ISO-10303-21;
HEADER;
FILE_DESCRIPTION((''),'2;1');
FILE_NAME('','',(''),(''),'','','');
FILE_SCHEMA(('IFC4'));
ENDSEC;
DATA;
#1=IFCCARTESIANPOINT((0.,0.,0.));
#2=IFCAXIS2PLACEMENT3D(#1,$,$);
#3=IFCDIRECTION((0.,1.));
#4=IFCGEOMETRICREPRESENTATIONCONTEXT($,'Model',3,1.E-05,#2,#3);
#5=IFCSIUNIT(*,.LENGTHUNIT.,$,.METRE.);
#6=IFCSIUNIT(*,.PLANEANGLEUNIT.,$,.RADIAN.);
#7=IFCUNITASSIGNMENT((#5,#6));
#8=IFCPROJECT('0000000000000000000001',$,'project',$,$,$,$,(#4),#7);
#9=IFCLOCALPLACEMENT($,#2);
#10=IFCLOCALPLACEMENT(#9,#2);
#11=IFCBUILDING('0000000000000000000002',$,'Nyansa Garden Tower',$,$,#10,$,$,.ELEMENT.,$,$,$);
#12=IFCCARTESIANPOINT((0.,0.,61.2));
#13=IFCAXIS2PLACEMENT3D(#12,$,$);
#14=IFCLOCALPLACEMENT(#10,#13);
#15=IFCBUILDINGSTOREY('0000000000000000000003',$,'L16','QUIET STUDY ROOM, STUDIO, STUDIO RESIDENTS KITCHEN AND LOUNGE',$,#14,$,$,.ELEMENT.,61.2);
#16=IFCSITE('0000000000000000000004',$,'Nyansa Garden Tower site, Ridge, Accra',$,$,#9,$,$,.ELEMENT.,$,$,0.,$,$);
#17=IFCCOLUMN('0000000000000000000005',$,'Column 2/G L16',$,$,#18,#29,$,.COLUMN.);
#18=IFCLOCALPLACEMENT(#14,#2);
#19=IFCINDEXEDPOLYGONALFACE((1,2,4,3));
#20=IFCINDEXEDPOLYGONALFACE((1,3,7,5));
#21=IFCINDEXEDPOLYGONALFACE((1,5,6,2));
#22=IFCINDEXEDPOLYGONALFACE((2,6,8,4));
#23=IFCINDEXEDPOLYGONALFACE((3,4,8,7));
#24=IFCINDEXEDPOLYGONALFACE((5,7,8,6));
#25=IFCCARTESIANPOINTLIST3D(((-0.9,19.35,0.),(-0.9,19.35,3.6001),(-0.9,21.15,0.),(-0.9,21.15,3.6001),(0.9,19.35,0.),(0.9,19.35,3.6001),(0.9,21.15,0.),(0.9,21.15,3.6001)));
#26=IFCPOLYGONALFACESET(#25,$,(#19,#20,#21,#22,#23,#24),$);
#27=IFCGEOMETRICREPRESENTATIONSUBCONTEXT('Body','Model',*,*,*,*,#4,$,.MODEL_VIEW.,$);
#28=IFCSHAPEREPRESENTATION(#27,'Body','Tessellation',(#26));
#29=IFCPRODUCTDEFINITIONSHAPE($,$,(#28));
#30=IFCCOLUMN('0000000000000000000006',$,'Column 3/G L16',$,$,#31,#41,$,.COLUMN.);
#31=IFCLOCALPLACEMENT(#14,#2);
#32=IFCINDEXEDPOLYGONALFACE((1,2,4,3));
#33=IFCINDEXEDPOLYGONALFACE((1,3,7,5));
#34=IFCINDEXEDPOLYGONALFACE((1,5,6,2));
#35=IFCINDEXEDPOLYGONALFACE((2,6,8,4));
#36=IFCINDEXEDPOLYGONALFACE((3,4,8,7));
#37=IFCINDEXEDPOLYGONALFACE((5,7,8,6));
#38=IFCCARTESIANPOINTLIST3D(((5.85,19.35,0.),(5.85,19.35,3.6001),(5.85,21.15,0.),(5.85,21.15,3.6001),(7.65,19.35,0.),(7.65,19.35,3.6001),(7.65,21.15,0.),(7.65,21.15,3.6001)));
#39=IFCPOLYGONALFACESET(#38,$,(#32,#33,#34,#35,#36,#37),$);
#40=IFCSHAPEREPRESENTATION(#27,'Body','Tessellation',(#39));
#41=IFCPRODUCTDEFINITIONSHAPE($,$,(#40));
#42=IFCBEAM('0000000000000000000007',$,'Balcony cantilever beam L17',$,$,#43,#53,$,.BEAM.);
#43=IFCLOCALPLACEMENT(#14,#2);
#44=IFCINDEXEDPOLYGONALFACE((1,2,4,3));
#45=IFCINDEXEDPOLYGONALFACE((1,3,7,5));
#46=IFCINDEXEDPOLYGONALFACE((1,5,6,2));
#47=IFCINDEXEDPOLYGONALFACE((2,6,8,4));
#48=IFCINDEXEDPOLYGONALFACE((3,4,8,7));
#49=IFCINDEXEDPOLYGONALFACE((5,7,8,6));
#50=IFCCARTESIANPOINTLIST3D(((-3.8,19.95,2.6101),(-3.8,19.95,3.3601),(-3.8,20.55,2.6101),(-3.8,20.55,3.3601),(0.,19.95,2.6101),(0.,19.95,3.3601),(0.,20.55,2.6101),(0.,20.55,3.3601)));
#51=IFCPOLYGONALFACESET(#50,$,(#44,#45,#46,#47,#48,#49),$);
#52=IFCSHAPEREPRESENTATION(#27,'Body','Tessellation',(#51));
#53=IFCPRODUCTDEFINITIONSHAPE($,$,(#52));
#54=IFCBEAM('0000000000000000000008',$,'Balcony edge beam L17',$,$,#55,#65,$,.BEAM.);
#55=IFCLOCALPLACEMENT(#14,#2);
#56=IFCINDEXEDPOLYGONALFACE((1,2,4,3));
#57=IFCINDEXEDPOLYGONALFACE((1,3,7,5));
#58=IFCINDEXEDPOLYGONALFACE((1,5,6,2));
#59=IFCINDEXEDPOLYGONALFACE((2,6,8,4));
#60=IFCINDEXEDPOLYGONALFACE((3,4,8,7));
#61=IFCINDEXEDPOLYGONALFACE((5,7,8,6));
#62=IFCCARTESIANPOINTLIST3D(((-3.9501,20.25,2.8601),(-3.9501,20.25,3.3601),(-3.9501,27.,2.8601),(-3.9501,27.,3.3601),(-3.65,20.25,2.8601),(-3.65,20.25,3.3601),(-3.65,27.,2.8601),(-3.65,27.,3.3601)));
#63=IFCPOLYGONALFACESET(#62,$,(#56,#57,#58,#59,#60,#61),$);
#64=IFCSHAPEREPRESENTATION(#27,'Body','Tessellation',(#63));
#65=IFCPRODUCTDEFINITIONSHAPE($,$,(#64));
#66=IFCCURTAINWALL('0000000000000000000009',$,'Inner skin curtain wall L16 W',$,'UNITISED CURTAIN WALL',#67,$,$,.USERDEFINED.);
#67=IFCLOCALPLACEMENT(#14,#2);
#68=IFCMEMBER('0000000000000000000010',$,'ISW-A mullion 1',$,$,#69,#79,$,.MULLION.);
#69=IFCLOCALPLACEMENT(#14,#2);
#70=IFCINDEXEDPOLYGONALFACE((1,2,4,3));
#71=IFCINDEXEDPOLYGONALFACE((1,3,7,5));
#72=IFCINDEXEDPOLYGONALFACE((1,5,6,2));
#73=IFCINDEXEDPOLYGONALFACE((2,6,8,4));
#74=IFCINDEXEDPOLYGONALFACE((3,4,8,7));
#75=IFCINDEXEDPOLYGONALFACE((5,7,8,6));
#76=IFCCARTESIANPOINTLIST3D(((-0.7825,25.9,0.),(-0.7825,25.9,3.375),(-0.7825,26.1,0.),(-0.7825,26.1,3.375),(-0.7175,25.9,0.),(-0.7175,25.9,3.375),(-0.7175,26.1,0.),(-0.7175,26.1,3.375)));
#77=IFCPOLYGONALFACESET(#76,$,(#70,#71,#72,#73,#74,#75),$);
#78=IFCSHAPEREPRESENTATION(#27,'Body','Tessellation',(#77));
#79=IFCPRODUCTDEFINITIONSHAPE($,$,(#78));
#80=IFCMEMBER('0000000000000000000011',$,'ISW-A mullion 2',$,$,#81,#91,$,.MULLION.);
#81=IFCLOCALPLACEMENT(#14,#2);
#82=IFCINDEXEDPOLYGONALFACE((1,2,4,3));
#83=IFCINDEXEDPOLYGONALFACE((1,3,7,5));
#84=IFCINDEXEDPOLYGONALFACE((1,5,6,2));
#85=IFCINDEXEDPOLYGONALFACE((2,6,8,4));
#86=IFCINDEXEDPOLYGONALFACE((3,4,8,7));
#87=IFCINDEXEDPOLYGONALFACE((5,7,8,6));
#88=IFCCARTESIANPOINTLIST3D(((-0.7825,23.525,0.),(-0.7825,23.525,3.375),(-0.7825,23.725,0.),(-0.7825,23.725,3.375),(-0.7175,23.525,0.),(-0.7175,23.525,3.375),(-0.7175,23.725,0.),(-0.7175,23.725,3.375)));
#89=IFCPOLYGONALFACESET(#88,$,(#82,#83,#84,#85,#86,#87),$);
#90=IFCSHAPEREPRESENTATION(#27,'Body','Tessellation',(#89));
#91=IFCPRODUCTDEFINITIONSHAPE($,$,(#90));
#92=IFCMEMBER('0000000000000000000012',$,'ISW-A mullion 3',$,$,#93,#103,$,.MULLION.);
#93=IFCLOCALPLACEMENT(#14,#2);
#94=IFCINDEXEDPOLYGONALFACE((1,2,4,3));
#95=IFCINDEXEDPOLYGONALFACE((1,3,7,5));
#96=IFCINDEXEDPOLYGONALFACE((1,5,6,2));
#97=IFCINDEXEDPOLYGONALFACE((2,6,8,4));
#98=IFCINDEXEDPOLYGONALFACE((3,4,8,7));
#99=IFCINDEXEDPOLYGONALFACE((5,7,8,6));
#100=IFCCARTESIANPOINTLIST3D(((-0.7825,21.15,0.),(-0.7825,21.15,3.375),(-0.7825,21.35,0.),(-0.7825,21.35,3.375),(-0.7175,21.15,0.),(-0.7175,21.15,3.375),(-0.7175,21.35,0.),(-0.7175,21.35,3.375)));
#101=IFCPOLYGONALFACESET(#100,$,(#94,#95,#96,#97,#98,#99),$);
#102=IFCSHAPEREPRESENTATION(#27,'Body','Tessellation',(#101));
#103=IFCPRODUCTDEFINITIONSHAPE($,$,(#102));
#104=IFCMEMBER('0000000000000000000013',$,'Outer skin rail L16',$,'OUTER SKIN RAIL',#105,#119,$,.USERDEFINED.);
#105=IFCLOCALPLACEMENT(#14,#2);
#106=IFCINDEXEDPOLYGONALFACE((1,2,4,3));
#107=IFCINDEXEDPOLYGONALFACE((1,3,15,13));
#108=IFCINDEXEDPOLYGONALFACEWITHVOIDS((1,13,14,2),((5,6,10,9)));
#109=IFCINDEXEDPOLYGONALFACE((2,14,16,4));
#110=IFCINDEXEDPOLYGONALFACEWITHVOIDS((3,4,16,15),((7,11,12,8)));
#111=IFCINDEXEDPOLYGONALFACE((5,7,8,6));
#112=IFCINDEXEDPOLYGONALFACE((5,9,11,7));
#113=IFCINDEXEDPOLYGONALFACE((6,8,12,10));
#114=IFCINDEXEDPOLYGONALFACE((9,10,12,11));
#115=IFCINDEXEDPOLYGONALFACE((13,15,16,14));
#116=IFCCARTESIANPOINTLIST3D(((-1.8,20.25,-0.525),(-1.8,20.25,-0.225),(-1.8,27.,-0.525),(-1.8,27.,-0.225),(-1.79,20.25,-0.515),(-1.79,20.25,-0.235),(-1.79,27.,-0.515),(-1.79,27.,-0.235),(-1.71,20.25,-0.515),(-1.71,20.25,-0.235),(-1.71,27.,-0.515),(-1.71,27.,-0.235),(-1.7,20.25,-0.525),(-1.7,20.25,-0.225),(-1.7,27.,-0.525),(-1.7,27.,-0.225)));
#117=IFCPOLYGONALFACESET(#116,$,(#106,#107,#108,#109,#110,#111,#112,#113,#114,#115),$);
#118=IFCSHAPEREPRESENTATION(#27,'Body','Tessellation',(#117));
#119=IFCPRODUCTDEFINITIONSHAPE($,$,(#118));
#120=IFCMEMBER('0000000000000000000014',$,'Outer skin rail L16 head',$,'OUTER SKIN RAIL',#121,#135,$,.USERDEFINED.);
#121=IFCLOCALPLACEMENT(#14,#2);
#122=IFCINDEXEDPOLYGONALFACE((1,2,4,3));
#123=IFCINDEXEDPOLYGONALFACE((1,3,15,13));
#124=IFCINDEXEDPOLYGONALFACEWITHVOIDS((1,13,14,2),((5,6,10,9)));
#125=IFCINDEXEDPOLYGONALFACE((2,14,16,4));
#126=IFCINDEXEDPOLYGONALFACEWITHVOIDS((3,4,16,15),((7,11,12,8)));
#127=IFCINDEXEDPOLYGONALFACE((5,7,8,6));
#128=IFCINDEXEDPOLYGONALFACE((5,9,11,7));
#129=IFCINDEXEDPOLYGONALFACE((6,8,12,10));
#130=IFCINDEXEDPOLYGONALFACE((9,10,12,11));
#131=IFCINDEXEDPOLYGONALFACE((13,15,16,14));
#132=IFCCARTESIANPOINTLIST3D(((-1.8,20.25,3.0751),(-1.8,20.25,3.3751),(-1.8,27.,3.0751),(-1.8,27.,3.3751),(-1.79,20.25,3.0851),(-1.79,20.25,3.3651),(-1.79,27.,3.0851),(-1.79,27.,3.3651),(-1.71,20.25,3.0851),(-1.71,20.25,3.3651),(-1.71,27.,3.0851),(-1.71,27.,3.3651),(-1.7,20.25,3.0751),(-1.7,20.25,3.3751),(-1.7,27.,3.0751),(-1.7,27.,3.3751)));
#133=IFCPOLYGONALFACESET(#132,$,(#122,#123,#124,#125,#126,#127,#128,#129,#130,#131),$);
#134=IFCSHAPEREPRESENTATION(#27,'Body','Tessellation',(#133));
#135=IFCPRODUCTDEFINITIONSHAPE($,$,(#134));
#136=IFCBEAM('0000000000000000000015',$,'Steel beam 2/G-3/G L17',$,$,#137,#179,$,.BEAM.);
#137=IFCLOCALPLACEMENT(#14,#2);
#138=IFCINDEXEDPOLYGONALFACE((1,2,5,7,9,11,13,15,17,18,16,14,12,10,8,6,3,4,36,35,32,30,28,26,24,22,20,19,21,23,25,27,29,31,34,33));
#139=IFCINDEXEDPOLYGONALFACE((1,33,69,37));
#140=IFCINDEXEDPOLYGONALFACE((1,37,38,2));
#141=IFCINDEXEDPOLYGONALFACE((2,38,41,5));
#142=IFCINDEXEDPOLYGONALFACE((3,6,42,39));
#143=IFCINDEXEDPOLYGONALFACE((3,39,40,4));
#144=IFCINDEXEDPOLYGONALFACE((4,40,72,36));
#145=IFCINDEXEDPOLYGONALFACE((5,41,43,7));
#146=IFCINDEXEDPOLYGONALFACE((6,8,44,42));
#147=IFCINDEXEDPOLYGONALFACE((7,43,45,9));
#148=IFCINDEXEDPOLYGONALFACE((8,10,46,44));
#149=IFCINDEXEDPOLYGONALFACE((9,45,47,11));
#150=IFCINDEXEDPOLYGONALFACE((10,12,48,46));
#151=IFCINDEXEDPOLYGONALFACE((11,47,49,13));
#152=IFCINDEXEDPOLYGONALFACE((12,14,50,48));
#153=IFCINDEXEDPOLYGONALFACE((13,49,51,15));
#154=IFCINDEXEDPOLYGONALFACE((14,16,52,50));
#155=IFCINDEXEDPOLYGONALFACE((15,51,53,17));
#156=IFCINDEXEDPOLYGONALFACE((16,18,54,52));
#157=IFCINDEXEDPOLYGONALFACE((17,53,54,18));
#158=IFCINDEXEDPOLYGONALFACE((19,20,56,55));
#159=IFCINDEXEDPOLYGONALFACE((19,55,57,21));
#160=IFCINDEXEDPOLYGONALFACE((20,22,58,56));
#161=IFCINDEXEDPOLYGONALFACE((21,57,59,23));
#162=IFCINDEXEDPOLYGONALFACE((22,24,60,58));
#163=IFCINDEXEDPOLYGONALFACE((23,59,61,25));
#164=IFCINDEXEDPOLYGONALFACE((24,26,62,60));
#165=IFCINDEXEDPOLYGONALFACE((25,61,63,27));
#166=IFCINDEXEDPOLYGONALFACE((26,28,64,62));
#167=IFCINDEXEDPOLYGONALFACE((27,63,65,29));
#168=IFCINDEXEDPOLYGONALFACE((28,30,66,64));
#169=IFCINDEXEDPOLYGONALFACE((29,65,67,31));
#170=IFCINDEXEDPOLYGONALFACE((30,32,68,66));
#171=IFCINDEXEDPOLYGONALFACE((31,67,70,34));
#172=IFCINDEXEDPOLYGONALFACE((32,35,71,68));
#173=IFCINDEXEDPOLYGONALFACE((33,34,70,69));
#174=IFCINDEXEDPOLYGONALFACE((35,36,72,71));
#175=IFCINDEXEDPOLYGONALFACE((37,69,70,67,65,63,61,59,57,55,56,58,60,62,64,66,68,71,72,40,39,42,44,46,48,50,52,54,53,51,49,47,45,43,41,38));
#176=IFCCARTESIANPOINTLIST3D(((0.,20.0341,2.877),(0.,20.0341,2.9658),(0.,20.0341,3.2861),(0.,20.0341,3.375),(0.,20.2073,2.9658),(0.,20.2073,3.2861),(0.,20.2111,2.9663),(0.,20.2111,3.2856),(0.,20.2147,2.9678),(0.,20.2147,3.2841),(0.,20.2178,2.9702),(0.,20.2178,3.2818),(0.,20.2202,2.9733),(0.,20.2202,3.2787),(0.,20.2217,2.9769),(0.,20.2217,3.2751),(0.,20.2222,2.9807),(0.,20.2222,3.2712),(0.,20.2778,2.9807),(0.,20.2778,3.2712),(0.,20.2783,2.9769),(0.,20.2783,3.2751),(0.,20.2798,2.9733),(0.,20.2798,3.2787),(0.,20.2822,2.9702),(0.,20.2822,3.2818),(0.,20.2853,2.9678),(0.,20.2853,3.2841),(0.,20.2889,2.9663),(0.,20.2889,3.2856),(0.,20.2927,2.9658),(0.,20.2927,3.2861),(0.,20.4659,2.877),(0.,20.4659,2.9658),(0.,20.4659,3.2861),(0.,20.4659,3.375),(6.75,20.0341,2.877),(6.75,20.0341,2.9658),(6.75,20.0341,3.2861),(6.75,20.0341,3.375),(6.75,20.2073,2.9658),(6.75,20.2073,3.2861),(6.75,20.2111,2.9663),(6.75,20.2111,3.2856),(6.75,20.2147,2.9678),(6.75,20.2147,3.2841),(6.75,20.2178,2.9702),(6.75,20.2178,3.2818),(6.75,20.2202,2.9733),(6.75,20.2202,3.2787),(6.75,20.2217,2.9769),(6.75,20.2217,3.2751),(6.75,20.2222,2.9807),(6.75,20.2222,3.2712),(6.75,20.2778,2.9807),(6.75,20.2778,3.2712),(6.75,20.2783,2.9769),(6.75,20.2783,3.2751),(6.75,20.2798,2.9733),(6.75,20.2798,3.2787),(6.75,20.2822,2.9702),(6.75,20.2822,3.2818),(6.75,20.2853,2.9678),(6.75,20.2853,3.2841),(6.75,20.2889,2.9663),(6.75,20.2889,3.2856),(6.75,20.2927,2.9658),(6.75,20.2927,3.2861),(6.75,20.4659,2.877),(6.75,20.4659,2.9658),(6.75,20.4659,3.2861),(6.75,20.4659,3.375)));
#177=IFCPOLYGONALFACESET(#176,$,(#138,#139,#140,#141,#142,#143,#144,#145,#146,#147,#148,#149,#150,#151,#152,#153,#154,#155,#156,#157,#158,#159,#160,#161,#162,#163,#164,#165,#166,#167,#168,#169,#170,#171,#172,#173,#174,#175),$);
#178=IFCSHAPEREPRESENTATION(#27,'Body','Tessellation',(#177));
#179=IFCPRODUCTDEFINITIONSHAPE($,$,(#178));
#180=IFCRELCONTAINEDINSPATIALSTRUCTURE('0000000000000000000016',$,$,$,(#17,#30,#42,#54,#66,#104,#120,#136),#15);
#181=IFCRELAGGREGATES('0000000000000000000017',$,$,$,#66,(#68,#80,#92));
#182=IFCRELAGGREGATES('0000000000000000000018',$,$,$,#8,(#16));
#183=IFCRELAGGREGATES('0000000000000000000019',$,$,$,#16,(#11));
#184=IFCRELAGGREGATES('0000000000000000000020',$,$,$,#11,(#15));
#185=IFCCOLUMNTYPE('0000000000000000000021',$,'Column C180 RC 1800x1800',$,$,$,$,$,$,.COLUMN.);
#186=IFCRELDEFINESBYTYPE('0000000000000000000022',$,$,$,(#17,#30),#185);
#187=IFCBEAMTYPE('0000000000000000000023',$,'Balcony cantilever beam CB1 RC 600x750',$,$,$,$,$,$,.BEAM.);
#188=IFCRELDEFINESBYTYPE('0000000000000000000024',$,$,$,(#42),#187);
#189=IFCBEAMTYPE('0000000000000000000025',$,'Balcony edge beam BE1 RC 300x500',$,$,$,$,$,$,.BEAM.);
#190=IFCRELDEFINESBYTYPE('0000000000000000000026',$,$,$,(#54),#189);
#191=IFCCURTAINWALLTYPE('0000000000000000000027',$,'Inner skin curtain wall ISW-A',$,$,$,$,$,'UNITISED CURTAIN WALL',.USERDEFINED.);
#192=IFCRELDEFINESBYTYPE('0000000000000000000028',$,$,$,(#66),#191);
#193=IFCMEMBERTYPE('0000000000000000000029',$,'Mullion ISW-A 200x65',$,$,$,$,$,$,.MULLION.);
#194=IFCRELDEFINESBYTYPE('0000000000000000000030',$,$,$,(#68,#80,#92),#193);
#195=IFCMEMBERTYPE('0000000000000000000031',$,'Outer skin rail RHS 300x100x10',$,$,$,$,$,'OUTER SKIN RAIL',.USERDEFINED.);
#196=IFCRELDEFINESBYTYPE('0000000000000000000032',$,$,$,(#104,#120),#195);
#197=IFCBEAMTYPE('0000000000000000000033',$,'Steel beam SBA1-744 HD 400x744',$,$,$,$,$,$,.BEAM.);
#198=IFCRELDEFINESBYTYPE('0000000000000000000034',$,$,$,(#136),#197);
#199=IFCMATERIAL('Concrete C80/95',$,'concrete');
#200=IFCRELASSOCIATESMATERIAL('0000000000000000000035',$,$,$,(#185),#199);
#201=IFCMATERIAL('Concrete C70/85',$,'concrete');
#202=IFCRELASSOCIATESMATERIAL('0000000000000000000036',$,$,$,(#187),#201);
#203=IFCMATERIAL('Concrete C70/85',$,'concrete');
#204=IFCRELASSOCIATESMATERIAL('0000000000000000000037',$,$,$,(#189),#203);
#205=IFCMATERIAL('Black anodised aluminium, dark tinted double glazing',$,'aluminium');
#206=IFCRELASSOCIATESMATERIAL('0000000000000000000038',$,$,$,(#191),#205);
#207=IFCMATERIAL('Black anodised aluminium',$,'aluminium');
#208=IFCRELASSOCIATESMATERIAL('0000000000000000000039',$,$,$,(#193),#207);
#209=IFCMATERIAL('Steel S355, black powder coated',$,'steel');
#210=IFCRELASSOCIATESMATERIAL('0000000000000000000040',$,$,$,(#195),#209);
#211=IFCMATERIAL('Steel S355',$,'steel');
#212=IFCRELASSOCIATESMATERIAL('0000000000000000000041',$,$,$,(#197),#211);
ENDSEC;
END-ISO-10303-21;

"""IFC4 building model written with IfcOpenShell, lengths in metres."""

from ifc_helpers import new_model, si_unit, direction, frame, origin, origin_2d, place, context, subcontext, project, spatial, rectangle, hollow_rectangle, i_section, extrude, material, material_profile, profile_set, type_object, element, aggregate, save


model = new_model("IFC4")

# Units and contexts
model_context = context("Model", 3, precision=1e-05, world=origin(), true_north=direction((0.0, 1.0)))
body_context = subcontext(model_context, "Body", "Model", "MODEL_VIEW")
ifc_project = project(units=[si_unit("LENGTHUNIT", "METRE"), si_unit("PLANEANGLEUNIT", "RADIAN")], contexts=[model_context])

# Site, building, storey
site_placement = place(None, origin())
site = spatial("IfcSite", under=ifc_project, at=site_placement, Name="Nyansa Garden Tower site, Ridge, Accra", CompositionType="ELEMENT", RefElevation=0.0)
building_placement = place(site_placement, origin())
building = spatial("IfcBuilding", under=site, at=building_placement, Name="Nyansa Garden Tower", CompositionType="ELEMENT")
storey_placement = place(building_placement, frame((0.0, 0.0, 61.2)))
storey = spatial("IfcBuildingStorey", under=building, at=storey_placement, Name="L16", Description="QUIET STUDY ROOM, STUDIO, STUDIO RESIDENTS KITCHEN AND LOUNGE", CompositionType="ELEMENT", Elevation=61.2)

# Columns
ifc_material_1 = material(Name="Concrete C80/95", Category="concrete")
ifc_material_profile_1 = material_profile(ifc_material_1, rectangle(XDim=1.8, YDim=1.8, at=origin_2d()), Name="RC 1800x1800")
ifc_profile_set_1 = profile_set([ifc_material_profile_1], Name="Concrete C80/95")
column_type = type_object("IfcColumnType", Name="Column C180 RC 1800x1800", PredefinedType="COLUMN", material=ifc_profile_set_1)
for number, where, z_axis, x_axis, name in (
    (1, (0.0, 20.25, 0.0), (0.0, 0.0, 1.0), (1.0, 0.0, 0.0), "Column 2/G L16"),
    (2, (6.75, 20.25, 0.0), (0.0, 0.0, 1.0), (1.0, 0.0, 0.0), "Column 3/G L16"),
):
    element("IfcColumn", number, at=place(storey_placement, frame(where, z_axis=z_axis, x_axis=x_axis)), inside=storey, type_object=column_type, Name=name, PredefinedType="COLUMN", context=body_context, shape_type="SweptSolid", body=[
        extrude(rectangle(XDim=1.8, YDim=1.8, at=origin_2d()), origin(), (0.0, 0.0, 1.0), 3.6001),
    ])

# Beams
ifc_material_2 = material(Name="Concrete C70/85", Category="concrete")
ifc_material_profile_2 = material_profile(ifc_material_2, rectangle(XDim=0.6001, YDim=0.75, at=origin_2d()), Name="RC 600x750")
ifc_profile_set_2 = profile_set([ifc_material_profile_2], Name="Concrete C70/85")
beam_type_1 = type_object("IfcBeamType", Name="Balcony cantilever beam CB1 RC 600x750", PredefinedType="BEAM", material=ifc_profile_set_2)
beam_1_placement = place(storey_placement, frame((0.0, 20.25, 2.9851), z_axis=(-1.0, 0.0, 0.0), x_axis=(0.0, -1.0, 0.0)))
element("IfcBeam", 3, at=beam_1_placement, inside=storey, type_object=beam_type_1, Name="Balcony cantilever beam L17", PredefinedType="BEAM", context=body_context, shape_type="SweptSolid", body=[
    extrude(rectangle(XDim=0.6001, YDim=0.75, at=origin_2d()), origin(), (0.0, 0.0, 1.0), 3.8),
])
ifc_material_3 = material(Name="Concrete C70/85", Category="concrete")
ifc_material_profile_3 = material_profile(ifc_material_3, rectangle(XDim=0.3, YDim=0.5, at=origin_2d()), Name="RC 300x500")
ifc_profile_set_3 = profile_set([ifc_material_profile_3], Name="Concrete C70/85")
beam_type_2 = type_object("IfcBeamType", Name="Balcony edge beam BE1 RC 300x500", PredefinedType="BEAM", material=ifc_profile_set_3)
beam_2_placement = place(storey_placement, frame((-3.8, 20.25, 3.1101), z_axis=(0.0, 1.0, 0.0), x_axis=(-1.0, 0.0, 0.0)))
element("IfcBeam", 4, at=beam_2_placement, inside=storey, type_object=beam_type_2, Name="Balcony edge beam L17", PredefinedType="BEAM", context=body_context, shape_type="SweptSolid", body=[
    extrude(rectangle(XDim=0.3, YDim=0.5, at=origin_2d()), origin(), (0.0, 0.0, 1.0), 6.75),
])

# Curtain wall, members
ifc_material_4 = material(Name="Black anodised aluminium, dark tinted double glazing", Category="aluminium")
curtain_wall_type = type_object("IfcCurtainWallType", Name="Inner skin curtain wall ISW-A", ElementType="UNITISED CURTAIN WALL", PredefinedType="USERDEFINED", material=ifc_material_4)
curtain_wall_placement = place(storey_placement, origin())
curtain_wall = element("IfcCurtainWall", 5, at=curtain_wall_placement, inside=storey, type_object=curtain_wall_type, Name="Inner skin curtain wall L16 W", ObjectType="UNITISED CURTAIN WALL", PredefinedType="USERDEFINED")
ifc_material_5 = material(Name="Black anodised aluminium", Category="aluminium")
ifc_material_profile_4 = material_profile(ifc_material_5, rectangle(XDim=0.0649, YDim=0.2, at=origin_2d()), Name="Mullion 200x65")
ifc_profile_set_4 = profile_set([ifc_material_profile_4], Name="Black anodised aluminium")
member_type_1 = type_object("IfcMemberType", Name="Mullion ISW-A 200x65", PredefinedType="MULLION", material=ifc_profile_set_4)
member_1_placement = place(storey_placement, frame((-0.75, 26.0, 0.0), z_axis=(0.0, 0.0, 1.0), x_axis=(1.0, 0.0, 0.0)))
member_1 = element("IfcMember", 6, at=member_1_placement, type_object=member_type_1, Name="ISW-A mullion 1", PredefinedType="MULLION", context=body_context, shape_type="SweptSolid", body=[
    extrude(rectangle(XDim=0.0649, YDim=0.2, at=origin_2d()), origin(), (0.0, 0.0, 1.0), 3.375),
])
member_2_placement = place(storey_placement, frame((-0.75, 23.625, 0.0), z_axis=(0.0, 0.0, 1.0), x_axis=(1.0, 0.0, 0.0)))
member_2 = element("IfcMember", 7, at=member_2_placement, type_object=member_type_1, Name="ISW-A mullion 2", PredefinedType="MULLION", context=body_context, shape_type="SweptSolid", body=[
    extrude(rectangle(XDim=0.0649, YDim=0.2, at=origin_2d()), origin(), (0.0, 0.0, 1.0), 3.375),
])
member_3_placement = place(storey_placement, frame((-0.75, 21.25, 0.0), z_axis=(0.0, 0.0, 1.0), x_axis=(1.0, 0.0, 0.0)))
member_3 = element("IfcMember", 8, at=member_3_placement, type_object=member_type_1, Name="ISW-A mullion 3", PredefinedType="MULLION", context=body_context, shape_type="SweptSolid", body=[
    extrude(rectangle(XDim=0.0649, YDim=0.2, at=origin_2d()), origin(), (0.0, 0.0, 1.0), 3.375),
])

# Members
ifc_material_6 = material(Name="Steel S355, black powder coated", Category="steel")
ifc_material_profile_5 = material_profile(ifc_material_6, hollow_rectangle(XDim=0.1001, YDim=0.3, WallThickness=0.01, at=origin_2d()), Name="RHS 300x100x10")
ifc_profile_set_5 = profile_set([ifc_material_profile_5], Name="Steel S355, black powder coated")
member_type_2 = type_object("IfcMemberType", Name="Outer skin rail RHS 300x100x10", ElementType="OUTER SKIN RAIL", PredefinedType="USERDEFINED", material=ifc_profile_set_5)
for number, where, z_axis, x_axis, name in (
    (9, (-1.75, 20.25, -0.375), (0.0, 1.0, 0.0), (-1.0, 0.0, 0.0), "Outer skin rail L16"),
    (10, (-1.75, 20.25, 3.2251), (0.0, 1.0, 0.0), (-1.0, 0.0, 0.0), "Outer skin rail L16 head"),
):
    element("IfcMember", number, at=place(storey_placement, frame(where, z_axis=z_axis, x_axis=x_axis)), inside=storey, type_object=member_type_2, Name=name, ObjectType="OUTER SKIN RAIL", PredefinedType="USERDEFINED", context=body_context, shape_type="SweptSolid", body=[
        extrude(hollow_rectangle(XDim=0.1001, YDim=0.3, WallThickness=0.01, at=origin_2d()), origin(), (0.0, 0.0, 1.0), 6.75),
    ])

# Beam
ifc_material_7 = material(Name="Steel S355", Category="steel")
ifc_material_profile_6 = material_profile(ifc_material_7, i_section(OverallWidth=0.4319, OverallDepth=0.498, WebThickness=0.0557, FlangeThickness=0.0889, FilletRadius=0.0149, at=origin_2d()), Name="HD 400x744")
ifc_profile_set_6 = profile_set([ifc_material_profile_6], Name="Steel S355")
beam_type_3 = type_object("IfcBeamType", Name="Steel beam SBA1-744 HD 400x744", PredefinedType="BEAM", material=ifc_profile_set_6)
for number, where, z_axis, x_axis, name in (
    (11, (0.0, 20.25, 3.126), (1.0, 0.0, 0.0), (0.0, 1.0, 0.0), "Steel beam 2/G-3/G L17"),
):
    element("IfcBeam", number, at=place(storey_placement, frame(where, z_axis=z_axis, x_axis=x_axis)), inside=storey, type_object=beam_type_3, Name=name, PredefinedType="BEAM", context=body_context, shape_type="SweptSolid", body=[
        extrude(i_section(OverallWidth=0.4319, OverallDepth=0.498, WebThickness=0.0557, FlangeThickness=0.0889, FilletRadius=0.0149, at=origin_2d()), origin(), (0.0, 0.0, 1.0), 6.75),
    ])

aggregate(curtain_wall, [member_1, member_2, member_3])

save(model, "model.ifc")
